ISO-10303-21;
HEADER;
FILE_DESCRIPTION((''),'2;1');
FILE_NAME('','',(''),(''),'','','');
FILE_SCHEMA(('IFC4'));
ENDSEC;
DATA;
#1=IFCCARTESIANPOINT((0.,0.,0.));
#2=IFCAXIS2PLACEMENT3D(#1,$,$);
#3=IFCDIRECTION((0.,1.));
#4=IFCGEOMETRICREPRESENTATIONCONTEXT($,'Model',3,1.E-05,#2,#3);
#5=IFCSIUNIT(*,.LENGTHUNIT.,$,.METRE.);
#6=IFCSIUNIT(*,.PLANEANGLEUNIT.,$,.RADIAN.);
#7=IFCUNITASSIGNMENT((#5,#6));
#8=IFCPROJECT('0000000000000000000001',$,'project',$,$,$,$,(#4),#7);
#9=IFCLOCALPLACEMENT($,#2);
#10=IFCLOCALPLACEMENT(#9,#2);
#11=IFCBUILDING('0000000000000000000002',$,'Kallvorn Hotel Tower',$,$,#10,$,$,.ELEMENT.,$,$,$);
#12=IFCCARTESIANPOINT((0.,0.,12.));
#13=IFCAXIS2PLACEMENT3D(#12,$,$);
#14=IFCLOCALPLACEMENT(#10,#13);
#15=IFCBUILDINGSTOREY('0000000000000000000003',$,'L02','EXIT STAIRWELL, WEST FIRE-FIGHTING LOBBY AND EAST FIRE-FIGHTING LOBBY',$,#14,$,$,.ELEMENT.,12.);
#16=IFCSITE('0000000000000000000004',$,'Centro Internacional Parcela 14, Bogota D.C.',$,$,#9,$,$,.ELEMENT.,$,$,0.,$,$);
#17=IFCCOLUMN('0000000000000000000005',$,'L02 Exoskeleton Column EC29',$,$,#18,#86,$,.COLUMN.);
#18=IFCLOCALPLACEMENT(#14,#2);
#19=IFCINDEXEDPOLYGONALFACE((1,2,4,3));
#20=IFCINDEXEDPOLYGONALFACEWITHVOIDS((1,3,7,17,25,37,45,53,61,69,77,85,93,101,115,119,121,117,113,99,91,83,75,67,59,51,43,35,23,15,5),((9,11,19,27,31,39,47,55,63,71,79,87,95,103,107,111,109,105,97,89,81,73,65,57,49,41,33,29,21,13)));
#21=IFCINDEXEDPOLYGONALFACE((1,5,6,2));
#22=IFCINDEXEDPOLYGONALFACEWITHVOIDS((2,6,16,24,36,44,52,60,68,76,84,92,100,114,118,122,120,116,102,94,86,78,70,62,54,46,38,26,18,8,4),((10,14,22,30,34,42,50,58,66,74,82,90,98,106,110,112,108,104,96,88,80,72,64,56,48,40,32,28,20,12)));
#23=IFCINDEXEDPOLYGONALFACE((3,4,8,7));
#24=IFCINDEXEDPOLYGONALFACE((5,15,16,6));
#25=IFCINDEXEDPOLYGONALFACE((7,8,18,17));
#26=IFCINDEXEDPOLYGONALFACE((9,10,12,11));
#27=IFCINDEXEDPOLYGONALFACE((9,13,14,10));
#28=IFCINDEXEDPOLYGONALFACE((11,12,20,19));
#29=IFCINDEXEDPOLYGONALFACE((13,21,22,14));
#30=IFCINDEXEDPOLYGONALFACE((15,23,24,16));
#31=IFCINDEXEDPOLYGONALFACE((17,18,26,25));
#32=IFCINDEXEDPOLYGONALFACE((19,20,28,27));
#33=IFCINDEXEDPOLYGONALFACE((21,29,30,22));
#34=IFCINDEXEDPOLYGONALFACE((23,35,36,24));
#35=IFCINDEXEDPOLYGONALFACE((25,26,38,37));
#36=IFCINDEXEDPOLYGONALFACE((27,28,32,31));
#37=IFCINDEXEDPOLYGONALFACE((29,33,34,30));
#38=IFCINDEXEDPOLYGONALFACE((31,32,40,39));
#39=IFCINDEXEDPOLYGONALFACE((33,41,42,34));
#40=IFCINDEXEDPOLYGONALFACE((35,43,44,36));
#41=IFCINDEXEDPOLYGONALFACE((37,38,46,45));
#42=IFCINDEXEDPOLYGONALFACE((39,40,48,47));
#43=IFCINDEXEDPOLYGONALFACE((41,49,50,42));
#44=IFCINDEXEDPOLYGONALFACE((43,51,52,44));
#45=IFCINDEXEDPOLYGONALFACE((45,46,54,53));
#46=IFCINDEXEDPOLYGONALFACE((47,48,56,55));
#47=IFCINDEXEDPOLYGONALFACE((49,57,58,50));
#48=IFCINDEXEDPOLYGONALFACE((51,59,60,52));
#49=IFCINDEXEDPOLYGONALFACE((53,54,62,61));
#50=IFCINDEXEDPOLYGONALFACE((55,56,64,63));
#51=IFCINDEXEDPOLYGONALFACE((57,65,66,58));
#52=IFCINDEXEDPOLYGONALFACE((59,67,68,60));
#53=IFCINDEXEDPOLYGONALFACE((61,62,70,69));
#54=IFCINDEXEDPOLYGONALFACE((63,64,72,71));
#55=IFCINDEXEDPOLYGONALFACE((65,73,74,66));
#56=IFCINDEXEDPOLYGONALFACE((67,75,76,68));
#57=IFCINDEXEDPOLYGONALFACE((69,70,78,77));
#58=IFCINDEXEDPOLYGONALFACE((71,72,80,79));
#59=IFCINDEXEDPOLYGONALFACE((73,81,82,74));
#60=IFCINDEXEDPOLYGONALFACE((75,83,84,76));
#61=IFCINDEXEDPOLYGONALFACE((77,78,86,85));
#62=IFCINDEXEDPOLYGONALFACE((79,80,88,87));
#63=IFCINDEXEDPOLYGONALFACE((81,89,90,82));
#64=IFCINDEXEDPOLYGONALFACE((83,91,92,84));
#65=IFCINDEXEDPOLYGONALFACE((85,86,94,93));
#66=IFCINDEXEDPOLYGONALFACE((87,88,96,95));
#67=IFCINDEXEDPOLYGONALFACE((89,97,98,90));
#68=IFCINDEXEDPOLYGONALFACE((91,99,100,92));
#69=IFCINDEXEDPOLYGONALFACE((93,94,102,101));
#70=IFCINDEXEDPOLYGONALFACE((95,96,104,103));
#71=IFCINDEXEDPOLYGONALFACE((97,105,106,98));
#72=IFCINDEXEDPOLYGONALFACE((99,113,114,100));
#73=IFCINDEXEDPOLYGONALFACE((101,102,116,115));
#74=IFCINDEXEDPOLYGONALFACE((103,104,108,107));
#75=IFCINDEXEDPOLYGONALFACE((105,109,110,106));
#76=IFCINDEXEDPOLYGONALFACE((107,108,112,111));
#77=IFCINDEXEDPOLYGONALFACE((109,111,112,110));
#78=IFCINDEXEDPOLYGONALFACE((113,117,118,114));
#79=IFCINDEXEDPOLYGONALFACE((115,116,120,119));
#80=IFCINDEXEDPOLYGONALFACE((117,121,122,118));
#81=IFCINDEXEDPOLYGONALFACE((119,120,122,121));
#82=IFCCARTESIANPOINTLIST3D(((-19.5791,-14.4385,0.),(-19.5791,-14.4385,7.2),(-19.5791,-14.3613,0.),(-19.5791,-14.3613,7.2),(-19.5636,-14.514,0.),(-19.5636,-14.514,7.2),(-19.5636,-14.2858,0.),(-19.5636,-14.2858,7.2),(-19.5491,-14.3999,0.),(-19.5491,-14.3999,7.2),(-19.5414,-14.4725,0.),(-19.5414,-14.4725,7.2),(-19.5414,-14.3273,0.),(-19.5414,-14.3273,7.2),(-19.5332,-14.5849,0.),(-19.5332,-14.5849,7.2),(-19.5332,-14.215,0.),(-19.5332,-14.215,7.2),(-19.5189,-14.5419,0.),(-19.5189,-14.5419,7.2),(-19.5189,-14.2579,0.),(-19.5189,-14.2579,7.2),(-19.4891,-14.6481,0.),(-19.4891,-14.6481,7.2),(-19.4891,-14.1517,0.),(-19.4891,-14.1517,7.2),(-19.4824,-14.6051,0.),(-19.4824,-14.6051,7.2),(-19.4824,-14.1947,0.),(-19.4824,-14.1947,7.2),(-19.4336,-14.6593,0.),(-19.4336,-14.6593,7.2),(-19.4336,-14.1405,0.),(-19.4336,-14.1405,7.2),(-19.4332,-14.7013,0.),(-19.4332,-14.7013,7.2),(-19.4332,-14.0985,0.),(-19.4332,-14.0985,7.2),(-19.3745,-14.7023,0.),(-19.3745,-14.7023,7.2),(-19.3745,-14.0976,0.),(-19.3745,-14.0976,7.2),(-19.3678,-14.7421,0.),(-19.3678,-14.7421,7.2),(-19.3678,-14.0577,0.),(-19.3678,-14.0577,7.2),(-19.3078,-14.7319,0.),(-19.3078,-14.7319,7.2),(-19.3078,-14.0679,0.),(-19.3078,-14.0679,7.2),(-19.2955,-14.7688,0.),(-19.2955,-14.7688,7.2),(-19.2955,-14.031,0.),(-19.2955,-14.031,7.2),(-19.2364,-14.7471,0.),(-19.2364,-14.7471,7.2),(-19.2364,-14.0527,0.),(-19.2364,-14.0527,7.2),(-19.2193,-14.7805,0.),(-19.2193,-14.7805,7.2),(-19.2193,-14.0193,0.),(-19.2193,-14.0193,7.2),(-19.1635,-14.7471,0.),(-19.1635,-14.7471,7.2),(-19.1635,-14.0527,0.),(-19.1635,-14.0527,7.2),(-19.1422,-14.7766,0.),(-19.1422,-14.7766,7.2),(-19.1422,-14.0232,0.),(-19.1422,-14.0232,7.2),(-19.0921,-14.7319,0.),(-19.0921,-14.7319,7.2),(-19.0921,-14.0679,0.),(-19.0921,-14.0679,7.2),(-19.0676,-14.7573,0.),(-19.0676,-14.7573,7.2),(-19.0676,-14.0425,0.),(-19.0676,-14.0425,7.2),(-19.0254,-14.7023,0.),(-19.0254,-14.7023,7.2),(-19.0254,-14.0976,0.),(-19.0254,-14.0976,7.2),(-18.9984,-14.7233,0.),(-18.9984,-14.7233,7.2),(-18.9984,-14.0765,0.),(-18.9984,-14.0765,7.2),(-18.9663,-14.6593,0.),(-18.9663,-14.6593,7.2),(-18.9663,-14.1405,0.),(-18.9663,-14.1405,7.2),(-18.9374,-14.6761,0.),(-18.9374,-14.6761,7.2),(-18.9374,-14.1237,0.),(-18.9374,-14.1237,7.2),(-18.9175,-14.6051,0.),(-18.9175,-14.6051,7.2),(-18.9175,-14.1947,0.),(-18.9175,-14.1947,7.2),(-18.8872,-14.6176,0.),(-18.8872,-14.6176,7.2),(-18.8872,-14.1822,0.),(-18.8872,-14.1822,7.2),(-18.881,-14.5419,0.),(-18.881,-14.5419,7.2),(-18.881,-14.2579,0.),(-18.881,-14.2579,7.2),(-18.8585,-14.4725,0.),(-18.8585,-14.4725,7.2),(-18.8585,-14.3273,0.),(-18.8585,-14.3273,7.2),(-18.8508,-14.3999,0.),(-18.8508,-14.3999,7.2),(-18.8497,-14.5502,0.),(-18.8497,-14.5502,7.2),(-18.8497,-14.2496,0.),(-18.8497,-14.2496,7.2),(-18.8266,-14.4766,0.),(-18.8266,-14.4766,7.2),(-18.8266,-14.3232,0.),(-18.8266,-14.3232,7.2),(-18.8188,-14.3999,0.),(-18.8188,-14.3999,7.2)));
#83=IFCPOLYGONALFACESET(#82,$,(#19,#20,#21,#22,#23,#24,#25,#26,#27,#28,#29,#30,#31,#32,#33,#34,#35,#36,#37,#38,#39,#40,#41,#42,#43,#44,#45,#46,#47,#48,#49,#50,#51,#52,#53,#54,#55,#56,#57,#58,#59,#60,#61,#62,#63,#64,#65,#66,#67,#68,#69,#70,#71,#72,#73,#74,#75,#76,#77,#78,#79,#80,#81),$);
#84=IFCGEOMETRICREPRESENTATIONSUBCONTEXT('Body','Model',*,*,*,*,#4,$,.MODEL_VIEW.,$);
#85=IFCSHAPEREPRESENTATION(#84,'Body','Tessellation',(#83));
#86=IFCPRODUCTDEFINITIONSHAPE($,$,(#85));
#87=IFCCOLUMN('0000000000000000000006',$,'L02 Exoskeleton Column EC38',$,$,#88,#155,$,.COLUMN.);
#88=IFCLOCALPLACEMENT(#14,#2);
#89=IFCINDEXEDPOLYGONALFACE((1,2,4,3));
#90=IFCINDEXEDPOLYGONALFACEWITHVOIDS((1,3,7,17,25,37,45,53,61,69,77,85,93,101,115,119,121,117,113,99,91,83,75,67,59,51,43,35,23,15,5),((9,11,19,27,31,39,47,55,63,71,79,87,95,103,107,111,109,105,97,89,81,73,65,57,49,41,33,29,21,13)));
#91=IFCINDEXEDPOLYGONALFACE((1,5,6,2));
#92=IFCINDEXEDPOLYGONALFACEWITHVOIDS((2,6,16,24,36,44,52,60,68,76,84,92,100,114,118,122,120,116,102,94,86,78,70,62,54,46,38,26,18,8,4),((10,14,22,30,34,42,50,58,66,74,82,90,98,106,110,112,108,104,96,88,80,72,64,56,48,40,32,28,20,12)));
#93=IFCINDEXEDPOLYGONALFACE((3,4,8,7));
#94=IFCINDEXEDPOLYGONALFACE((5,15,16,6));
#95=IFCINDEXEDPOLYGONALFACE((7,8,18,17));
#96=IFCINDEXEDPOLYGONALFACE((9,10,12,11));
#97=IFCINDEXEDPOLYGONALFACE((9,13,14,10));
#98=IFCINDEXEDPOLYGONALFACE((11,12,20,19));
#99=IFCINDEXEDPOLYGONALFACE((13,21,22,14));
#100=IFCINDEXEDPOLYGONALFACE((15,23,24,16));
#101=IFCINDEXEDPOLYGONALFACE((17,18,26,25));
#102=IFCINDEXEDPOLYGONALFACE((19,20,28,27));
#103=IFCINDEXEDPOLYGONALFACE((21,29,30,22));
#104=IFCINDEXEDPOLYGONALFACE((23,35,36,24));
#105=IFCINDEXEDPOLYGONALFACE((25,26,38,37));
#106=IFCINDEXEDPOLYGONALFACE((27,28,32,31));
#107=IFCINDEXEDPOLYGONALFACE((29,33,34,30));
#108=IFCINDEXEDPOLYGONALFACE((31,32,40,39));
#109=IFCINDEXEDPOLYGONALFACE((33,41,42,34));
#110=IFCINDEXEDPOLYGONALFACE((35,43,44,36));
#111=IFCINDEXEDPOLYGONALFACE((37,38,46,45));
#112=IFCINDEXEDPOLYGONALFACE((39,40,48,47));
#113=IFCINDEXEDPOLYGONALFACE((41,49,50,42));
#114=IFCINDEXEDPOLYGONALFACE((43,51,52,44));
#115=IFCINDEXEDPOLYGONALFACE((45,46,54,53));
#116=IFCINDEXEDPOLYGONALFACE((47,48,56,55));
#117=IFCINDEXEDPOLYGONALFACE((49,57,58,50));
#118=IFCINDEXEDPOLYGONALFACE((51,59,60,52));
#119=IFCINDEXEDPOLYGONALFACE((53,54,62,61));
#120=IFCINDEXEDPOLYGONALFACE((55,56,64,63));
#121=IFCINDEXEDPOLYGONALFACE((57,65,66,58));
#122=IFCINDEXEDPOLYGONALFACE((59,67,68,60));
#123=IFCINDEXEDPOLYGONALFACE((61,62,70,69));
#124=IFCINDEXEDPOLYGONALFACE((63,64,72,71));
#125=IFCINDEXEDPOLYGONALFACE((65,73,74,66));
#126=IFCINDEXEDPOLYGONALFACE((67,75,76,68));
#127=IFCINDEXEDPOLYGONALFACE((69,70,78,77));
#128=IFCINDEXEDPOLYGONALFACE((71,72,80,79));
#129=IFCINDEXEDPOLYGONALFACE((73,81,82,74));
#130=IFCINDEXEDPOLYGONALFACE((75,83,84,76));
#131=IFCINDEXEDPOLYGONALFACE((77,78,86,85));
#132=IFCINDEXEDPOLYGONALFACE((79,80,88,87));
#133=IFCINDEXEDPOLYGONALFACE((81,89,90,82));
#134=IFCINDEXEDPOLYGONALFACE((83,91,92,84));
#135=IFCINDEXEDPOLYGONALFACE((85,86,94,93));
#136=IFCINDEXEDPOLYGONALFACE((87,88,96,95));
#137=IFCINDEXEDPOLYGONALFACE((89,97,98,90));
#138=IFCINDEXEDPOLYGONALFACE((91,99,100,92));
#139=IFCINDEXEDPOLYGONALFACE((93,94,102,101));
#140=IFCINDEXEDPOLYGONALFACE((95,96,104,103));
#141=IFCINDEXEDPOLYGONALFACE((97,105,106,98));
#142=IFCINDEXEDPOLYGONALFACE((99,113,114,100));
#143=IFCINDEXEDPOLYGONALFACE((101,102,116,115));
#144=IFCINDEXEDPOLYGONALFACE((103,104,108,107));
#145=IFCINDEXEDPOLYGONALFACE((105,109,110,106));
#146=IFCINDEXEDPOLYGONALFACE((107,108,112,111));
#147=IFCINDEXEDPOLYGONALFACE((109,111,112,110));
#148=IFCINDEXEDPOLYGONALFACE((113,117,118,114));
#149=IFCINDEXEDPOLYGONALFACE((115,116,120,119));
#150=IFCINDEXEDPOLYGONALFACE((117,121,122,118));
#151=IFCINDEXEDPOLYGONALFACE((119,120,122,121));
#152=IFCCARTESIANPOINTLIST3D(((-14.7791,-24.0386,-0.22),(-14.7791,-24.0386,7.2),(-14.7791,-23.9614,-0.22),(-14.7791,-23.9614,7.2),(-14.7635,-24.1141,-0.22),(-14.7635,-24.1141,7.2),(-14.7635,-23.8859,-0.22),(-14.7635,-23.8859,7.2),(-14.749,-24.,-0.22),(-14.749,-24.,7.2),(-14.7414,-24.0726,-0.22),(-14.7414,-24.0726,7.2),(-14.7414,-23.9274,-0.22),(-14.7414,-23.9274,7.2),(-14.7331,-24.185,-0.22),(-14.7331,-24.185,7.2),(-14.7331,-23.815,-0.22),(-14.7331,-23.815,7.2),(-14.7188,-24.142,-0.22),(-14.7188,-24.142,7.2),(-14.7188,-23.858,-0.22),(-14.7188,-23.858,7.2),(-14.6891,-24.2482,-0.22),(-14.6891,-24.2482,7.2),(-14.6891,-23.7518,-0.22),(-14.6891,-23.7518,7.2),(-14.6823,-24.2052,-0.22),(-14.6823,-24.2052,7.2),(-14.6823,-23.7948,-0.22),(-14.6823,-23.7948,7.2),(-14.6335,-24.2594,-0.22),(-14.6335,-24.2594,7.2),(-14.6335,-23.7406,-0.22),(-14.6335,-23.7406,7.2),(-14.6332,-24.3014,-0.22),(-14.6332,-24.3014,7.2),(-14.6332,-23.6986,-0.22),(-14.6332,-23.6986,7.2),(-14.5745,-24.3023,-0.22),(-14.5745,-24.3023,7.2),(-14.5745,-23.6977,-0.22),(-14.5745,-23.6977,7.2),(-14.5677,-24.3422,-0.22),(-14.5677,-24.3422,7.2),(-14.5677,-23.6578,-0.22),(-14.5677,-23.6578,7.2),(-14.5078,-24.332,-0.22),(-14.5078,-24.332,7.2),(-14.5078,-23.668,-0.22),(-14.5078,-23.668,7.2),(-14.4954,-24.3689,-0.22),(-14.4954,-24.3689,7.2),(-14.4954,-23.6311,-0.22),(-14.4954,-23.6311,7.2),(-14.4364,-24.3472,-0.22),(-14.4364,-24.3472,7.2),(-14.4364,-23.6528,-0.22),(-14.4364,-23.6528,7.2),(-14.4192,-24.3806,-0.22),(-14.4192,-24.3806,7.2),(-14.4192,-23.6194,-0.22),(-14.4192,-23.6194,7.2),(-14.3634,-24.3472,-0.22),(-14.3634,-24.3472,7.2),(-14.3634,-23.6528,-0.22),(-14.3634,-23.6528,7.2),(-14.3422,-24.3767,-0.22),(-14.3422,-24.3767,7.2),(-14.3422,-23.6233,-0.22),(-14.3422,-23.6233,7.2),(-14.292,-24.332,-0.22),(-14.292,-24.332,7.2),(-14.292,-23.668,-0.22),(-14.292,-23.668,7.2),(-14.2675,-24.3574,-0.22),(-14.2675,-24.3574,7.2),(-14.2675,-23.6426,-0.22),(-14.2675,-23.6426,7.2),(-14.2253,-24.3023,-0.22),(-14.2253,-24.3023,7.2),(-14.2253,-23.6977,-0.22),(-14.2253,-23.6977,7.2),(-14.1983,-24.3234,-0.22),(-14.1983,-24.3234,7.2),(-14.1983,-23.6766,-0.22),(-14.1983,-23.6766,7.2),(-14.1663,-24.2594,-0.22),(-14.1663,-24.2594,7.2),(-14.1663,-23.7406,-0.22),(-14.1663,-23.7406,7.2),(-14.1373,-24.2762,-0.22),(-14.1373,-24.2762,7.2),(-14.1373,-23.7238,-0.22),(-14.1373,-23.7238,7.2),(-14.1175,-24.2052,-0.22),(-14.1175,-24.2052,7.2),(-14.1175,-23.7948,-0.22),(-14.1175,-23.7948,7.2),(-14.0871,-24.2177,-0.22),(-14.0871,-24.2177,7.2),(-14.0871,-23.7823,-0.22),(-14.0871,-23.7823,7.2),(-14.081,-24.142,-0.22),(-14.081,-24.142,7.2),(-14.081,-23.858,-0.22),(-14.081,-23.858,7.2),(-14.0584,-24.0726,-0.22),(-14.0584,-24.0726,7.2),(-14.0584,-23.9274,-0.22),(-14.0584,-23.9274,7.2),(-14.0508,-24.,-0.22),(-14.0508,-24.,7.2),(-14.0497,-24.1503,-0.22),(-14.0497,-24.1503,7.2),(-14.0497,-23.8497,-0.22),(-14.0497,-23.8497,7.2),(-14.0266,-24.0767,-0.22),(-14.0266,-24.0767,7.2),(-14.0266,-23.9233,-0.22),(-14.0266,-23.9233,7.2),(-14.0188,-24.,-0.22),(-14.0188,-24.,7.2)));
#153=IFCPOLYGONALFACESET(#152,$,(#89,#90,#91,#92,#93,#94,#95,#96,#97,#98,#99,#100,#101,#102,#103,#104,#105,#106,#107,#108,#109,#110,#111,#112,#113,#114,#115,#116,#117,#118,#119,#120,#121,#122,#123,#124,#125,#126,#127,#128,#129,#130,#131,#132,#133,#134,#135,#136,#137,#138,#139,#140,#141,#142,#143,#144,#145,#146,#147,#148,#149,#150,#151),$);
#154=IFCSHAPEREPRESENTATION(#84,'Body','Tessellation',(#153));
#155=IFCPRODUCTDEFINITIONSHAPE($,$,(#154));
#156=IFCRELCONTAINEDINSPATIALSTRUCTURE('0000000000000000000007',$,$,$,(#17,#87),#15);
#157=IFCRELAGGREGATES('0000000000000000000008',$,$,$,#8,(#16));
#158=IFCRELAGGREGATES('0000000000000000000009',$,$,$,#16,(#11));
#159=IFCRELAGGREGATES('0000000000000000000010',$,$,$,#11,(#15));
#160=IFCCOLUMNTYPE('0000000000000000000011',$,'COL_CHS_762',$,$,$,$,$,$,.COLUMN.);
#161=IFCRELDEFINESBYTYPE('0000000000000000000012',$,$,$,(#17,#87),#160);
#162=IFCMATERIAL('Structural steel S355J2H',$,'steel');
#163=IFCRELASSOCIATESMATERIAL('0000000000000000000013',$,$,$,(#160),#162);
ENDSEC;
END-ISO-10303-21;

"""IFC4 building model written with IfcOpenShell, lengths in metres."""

from ifc_helpers import new_model, si_unit, direction, frame, origin, origin_2d, place, context, subcontext, project, spatial, hollow_circle, extrude, material, material_profile, profile_set, type_object, element, save


model = new_model("IFC4")

# Units and contexts
model_context = context("Model", 3, precision=1e-05, world=origin(), true_north=direction((0.0, 1.0)))
body_context = subcontext(model_context, "Body", "Model", "MODEL_VIEW")
ifc_project = project(units=[si_unit("LENGTHUNIT", "METRE"), si_unit("PLANEANGLEUNIT", "RADIAN")], contexts=[model_context])

# Site, building, storey
site_placement = place(None, origin())
site = spatial("IfcSite", under=ifc_project, at=site_placement, Name="Centro Internacional Parcela 14, Bogota D.C.", CompositionType="ELEMENT", RefElevation=0.0)
building_placement = place(site_placement, origin())
building = spatial("IfcBuilding", under=site, at=building_placement, Name="Kallvorn Hotel Tower", CompositionType="ELEMENT")
storey_placement = place(building_placement, frame((0.0, 0.0, 12.0)))
storey = spatial("IfcBuildingStorey", under=building, at=storey_placement, Name="L02", Description="EXIT STAIRWELL, WEST FIRE-FIGHTING LOBBY AND EAST FIRE-FIGHTING LOBBY", CompositionType="ELEMENT", Elevation=12.0)

# Columns
ifc_material_1 = material(Name="Structural steel S355J2H", Category="steel")
ifc_material_profile_1 = material_profile(ifc_material_1, hollow_circle(Radius=0.3811, WallThickness=0.032, at=origin_2d()), Name="CHS 762x32")
ifc_profile_set_1 = profile_set([ifc_material_profile_1], Name="Structural steel S355J2H")
column_type_1 = type_object("IfcColumnType", Name="COL_CHS_762", PredefinedType="COLUMN", material=ifc_profile_set_1)
column_1_placement = place(storey_placement, frame((-19.2, -14.3999, 0.0), z_axis=(0.0, 0.0, 1.0), x_axis=(1.0, 0.0, 0.0)))
element("IfcColumn", 1, at=column_1_placement, inside=storey, type_object=column_type_1, Name="L02 Exoskeleton Column EC29", PredefinedType="COLUMN", context=body_context, shape_type="SweptSolid", body=[
    extrude(hollow_circle(Radius=0.3811, WallThickness=0.032, at=origin_2d()), origin(), (0.0, 0.0, 1.0), 7.2),
])
column_2_placement = place(storey_placement, frame((-14.3999, -24.0, -0.22), z_axis=(0.0, 0.0, 1.0), x_axis=(1.0, 0.0, 0.0)))
element("IfcColumn", 2, at=column_2_placement, inside=storey, type_object=column_type_1, Name="L02 Exoskeleton Column EC38", PredefinedType="COLUMN", context=body_context, shape_type="SweptSolid", body=[
    extrude(hollow_circle(Radius=0.3811, WallThickness=0.032, at=origin_2d()), origin(), (0.0, 0.0, 1.0), 7.4199),
])

save(model, "model.ifc")
